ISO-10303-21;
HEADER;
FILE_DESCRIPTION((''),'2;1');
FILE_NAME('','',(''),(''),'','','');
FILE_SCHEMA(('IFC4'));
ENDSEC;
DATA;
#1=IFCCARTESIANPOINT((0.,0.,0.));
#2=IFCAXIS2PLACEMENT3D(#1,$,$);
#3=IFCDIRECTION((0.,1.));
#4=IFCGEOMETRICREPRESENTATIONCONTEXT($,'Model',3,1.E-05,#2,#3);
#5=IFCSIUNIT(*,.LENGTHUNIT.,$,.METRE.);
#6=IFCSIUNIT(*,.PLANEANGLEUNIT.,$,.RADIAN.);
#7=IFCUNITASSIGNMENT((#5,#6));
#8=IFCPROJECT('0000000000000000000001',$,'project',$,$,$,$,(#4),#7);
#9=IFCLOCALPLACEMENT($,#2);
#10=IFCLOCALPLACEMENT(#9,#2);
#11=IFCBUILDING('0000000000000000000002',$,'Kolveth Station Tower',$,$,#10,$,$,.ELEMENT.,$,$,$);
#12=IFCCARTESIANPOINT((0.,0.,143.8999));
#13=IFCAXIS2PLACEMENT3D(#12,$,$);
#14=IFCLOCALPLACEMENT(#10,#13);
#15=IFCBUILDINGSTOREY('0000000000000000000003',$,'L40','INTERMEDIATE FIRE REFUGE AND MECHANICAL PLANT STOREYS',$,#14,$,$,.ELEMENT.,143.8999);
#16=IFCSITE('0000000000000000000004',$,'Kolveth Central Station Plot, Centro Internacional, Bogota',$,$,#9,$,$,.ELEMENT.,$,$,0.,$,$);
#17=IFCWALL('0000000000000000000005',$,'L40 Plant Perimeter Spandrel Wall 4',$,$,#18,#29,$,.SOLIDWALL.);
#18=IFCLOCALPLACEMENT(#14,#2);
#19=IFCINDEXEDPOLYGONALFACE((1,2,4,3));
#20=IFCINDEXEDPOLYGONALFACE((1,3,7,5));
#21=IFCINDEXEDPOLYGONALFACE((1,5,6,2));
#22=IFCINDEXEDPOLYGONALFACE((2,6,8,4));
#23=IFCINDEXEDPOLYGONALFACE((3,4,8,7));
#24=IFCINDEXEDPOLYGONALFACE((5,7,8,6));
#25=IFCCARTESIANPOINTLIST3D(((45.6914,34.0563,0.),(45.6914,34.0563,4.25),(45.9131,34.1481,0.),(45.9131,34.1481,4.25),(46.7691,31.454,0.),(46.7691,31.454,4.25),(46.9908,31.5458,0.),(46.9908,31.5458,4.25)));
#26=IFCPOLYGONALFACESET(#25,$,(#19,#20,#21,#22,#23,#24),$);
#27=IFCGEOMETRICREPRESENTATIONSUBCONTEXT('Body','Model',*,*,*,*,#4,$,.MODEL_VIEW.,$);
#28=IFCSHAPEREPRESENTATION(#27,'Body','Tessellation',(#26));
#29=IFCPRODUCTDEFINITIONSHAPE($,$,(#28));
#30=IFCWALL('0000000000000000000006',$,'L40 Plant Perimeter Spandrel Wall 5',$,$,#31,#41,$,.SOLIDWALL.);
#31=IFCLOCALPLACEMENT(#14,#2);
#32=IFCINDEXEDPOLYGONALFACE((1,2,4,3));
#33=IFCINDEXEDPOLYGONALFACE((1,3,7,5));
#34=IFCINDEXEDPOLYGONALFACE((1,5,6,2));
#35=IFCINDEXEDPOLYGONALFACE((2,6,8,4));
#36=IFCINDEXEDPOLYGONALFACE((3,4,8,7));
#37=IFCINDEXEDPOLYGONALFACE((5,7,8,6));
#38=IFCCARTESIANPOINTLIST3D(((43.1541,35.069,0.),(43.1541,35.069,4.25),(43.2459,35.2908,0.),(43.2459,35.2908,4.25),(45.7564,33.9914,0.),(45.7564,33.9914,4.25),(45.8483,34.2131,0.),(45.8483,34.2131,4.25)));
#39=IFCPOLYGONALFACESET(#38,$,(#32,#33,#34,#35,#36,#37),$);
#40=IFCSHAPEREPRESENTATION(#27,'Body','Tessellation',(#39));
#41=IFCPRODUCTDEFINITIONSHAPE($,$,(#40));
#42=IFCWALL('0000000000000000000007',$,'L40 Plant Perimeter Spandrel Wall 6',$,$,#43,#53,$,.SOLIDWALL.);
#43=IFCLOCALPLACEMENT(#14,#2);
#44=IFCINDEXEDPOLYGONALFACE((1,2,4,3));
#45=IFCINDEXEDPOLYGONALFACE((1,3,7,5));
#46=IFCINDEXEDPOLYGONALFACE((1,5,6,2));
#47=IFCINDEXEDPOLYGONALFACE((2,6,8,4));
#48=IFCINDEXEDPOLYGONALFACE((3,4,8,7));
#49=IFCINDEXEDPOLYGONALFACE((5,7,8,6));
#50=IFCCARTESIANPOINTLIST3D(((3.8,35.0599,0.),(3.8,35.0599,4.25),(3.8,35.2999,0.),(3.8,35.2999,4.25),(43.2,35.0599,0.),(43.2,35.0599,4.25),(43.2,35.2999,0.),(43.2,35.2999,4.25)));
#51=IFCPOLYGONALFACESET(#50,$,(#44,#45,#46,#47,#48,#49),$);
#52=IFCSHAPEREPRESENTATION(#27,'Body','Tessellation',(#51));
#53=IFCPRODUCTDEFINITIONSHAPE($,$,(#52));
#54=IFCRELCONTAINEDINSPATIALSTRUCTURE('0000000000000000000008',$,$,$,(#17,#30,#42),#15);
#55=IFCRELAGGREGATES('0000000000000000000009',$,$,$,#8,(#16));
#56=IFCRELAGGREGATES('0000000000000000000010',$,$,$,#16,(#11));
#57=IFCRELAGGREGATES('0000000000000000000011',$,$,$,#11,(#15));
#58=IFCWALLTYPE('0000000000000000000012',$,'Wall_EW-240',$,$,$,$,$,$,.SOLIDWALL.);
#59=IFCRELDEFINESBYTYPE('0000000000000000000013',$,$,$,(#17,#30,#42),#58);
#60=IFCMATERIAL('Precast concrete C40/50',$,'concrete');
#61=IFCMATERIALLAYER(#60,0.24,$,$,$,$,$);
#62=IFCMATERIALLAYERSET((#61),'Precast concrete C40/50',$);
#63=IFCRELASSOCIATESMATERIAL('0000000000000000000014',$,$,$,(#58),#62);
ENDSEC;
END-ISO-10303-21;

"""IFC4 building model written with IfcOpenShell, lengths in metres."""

from ifc_helpers import new_model, si_unit, direction, frame, frame_2d, origin, place, context, subcontext, project, spatial, rectangle, extrude, material, layer, layer_set, type_object, element, save


model = new_model("IFC4")

# Units and contexts
model_context = context("Model", 3, precision=1e-05, world=origin(), true_north=direction((0.0, 1.0)))
body_context = subcontext(model_context, "Body", "Model", "MODEL_VIEW")
ifc_project = project(units=[si_unit("LENGTHUNIT", "METRE"), si_unit("PLANEANGLEUNIT", "RADIAN")], contexts=[model_context])

# Site, building, storey
site_placement = place(None, origin())
site = spatial("IfcSite", under=ifc_project, at=site_placement, Name="Kolveth Central Station Plot, Centro Internacional, Bogota", CompositionType="ELEMENT", RefElevation=0.0)
building_placement = place(site_placement, origin())
building = spatial("IfcBuilding", under=site, at=building_placement, Name="Kolveth Station Tower", CompositionType="ELEMENT")
storey_placement = place(building_placement, frame((0.0, 0.0, 143.8999)))
storey = spatial("IfcBuildingStorey", under=building, at=storey_placement, Name="L40", Description="INTERMEDIATE FIRE REFUGE AND MECHANICAL PLANT STOREYS", CompositionType="ELEMENT", Elevation=143.8999)

# Walls
ifc_material_1 = material(Name="Precast concrete C40/50", Category="concrete")
ifc_layer_1 = layer(ifc_material_1, 0.24)
ifc_layer_set_1 = layer_set([ifc_layer_1], Name="Precast concrete C40/50")
wall_type = type_object("IfcWallType", Name="Wall_EW-240", PredefinedType="SOLIDWALL", material=ifc_layer_set_1)
for number, where, z_axis, x_axis, name in (
    (1, (46.8799, 31.5, 0.0), (0.0, 0.0, 1.0), (-0.382602, 0.923913, 0.0), "L40 Plant Perimeter Spandrel Wall 4"),
    (2, (45.8022, 34.1023, 0.0), (0.0, 0.0, 1.0), (-0.923913, 0.382602, 0.0), "L40 Plant Perimeter Spandrel Wall 5"),
):
    element("IfcWall", number, at=place(storey_placement, frame(where, z_axis=z_axis, x_axis=x_axis)), inside=storey, type_object=wall_type, Name=name, PredefinedType="SOLIDWALL", context=body_context, shape_type="SweptSolid", body=[
        extrude(rectangle(XDim=2.8167, YDim=0.24, at=frame_2d((1.4082, 0.0))), origin(), (0.0, 0.0, 1.0), 4.25),
    ])
wall_placement = place(storey_placement, frame((43.2, 35.1799, 0.0), z_axis=(0.0, 0.0, 1.0), x_axis=(-1.0, 0.0, 0.0)))
element("IfcWall", 3, at=wall_placement, inside=storey, type_object=wall_type, Name="L40 Plant Perimeter Spandrel Wall 6", PredefinedType="SOLIDWALL", context=body_context, shape_type="SweptSolid", body=[
    extrude(rectangle(XDim=39.3999, YDim=0.24, at=frame_2d((19.7, 0.0))), origin(), (0.0, 0.0, 1.0), 4.25),
])

save(model, "model.ifc")
